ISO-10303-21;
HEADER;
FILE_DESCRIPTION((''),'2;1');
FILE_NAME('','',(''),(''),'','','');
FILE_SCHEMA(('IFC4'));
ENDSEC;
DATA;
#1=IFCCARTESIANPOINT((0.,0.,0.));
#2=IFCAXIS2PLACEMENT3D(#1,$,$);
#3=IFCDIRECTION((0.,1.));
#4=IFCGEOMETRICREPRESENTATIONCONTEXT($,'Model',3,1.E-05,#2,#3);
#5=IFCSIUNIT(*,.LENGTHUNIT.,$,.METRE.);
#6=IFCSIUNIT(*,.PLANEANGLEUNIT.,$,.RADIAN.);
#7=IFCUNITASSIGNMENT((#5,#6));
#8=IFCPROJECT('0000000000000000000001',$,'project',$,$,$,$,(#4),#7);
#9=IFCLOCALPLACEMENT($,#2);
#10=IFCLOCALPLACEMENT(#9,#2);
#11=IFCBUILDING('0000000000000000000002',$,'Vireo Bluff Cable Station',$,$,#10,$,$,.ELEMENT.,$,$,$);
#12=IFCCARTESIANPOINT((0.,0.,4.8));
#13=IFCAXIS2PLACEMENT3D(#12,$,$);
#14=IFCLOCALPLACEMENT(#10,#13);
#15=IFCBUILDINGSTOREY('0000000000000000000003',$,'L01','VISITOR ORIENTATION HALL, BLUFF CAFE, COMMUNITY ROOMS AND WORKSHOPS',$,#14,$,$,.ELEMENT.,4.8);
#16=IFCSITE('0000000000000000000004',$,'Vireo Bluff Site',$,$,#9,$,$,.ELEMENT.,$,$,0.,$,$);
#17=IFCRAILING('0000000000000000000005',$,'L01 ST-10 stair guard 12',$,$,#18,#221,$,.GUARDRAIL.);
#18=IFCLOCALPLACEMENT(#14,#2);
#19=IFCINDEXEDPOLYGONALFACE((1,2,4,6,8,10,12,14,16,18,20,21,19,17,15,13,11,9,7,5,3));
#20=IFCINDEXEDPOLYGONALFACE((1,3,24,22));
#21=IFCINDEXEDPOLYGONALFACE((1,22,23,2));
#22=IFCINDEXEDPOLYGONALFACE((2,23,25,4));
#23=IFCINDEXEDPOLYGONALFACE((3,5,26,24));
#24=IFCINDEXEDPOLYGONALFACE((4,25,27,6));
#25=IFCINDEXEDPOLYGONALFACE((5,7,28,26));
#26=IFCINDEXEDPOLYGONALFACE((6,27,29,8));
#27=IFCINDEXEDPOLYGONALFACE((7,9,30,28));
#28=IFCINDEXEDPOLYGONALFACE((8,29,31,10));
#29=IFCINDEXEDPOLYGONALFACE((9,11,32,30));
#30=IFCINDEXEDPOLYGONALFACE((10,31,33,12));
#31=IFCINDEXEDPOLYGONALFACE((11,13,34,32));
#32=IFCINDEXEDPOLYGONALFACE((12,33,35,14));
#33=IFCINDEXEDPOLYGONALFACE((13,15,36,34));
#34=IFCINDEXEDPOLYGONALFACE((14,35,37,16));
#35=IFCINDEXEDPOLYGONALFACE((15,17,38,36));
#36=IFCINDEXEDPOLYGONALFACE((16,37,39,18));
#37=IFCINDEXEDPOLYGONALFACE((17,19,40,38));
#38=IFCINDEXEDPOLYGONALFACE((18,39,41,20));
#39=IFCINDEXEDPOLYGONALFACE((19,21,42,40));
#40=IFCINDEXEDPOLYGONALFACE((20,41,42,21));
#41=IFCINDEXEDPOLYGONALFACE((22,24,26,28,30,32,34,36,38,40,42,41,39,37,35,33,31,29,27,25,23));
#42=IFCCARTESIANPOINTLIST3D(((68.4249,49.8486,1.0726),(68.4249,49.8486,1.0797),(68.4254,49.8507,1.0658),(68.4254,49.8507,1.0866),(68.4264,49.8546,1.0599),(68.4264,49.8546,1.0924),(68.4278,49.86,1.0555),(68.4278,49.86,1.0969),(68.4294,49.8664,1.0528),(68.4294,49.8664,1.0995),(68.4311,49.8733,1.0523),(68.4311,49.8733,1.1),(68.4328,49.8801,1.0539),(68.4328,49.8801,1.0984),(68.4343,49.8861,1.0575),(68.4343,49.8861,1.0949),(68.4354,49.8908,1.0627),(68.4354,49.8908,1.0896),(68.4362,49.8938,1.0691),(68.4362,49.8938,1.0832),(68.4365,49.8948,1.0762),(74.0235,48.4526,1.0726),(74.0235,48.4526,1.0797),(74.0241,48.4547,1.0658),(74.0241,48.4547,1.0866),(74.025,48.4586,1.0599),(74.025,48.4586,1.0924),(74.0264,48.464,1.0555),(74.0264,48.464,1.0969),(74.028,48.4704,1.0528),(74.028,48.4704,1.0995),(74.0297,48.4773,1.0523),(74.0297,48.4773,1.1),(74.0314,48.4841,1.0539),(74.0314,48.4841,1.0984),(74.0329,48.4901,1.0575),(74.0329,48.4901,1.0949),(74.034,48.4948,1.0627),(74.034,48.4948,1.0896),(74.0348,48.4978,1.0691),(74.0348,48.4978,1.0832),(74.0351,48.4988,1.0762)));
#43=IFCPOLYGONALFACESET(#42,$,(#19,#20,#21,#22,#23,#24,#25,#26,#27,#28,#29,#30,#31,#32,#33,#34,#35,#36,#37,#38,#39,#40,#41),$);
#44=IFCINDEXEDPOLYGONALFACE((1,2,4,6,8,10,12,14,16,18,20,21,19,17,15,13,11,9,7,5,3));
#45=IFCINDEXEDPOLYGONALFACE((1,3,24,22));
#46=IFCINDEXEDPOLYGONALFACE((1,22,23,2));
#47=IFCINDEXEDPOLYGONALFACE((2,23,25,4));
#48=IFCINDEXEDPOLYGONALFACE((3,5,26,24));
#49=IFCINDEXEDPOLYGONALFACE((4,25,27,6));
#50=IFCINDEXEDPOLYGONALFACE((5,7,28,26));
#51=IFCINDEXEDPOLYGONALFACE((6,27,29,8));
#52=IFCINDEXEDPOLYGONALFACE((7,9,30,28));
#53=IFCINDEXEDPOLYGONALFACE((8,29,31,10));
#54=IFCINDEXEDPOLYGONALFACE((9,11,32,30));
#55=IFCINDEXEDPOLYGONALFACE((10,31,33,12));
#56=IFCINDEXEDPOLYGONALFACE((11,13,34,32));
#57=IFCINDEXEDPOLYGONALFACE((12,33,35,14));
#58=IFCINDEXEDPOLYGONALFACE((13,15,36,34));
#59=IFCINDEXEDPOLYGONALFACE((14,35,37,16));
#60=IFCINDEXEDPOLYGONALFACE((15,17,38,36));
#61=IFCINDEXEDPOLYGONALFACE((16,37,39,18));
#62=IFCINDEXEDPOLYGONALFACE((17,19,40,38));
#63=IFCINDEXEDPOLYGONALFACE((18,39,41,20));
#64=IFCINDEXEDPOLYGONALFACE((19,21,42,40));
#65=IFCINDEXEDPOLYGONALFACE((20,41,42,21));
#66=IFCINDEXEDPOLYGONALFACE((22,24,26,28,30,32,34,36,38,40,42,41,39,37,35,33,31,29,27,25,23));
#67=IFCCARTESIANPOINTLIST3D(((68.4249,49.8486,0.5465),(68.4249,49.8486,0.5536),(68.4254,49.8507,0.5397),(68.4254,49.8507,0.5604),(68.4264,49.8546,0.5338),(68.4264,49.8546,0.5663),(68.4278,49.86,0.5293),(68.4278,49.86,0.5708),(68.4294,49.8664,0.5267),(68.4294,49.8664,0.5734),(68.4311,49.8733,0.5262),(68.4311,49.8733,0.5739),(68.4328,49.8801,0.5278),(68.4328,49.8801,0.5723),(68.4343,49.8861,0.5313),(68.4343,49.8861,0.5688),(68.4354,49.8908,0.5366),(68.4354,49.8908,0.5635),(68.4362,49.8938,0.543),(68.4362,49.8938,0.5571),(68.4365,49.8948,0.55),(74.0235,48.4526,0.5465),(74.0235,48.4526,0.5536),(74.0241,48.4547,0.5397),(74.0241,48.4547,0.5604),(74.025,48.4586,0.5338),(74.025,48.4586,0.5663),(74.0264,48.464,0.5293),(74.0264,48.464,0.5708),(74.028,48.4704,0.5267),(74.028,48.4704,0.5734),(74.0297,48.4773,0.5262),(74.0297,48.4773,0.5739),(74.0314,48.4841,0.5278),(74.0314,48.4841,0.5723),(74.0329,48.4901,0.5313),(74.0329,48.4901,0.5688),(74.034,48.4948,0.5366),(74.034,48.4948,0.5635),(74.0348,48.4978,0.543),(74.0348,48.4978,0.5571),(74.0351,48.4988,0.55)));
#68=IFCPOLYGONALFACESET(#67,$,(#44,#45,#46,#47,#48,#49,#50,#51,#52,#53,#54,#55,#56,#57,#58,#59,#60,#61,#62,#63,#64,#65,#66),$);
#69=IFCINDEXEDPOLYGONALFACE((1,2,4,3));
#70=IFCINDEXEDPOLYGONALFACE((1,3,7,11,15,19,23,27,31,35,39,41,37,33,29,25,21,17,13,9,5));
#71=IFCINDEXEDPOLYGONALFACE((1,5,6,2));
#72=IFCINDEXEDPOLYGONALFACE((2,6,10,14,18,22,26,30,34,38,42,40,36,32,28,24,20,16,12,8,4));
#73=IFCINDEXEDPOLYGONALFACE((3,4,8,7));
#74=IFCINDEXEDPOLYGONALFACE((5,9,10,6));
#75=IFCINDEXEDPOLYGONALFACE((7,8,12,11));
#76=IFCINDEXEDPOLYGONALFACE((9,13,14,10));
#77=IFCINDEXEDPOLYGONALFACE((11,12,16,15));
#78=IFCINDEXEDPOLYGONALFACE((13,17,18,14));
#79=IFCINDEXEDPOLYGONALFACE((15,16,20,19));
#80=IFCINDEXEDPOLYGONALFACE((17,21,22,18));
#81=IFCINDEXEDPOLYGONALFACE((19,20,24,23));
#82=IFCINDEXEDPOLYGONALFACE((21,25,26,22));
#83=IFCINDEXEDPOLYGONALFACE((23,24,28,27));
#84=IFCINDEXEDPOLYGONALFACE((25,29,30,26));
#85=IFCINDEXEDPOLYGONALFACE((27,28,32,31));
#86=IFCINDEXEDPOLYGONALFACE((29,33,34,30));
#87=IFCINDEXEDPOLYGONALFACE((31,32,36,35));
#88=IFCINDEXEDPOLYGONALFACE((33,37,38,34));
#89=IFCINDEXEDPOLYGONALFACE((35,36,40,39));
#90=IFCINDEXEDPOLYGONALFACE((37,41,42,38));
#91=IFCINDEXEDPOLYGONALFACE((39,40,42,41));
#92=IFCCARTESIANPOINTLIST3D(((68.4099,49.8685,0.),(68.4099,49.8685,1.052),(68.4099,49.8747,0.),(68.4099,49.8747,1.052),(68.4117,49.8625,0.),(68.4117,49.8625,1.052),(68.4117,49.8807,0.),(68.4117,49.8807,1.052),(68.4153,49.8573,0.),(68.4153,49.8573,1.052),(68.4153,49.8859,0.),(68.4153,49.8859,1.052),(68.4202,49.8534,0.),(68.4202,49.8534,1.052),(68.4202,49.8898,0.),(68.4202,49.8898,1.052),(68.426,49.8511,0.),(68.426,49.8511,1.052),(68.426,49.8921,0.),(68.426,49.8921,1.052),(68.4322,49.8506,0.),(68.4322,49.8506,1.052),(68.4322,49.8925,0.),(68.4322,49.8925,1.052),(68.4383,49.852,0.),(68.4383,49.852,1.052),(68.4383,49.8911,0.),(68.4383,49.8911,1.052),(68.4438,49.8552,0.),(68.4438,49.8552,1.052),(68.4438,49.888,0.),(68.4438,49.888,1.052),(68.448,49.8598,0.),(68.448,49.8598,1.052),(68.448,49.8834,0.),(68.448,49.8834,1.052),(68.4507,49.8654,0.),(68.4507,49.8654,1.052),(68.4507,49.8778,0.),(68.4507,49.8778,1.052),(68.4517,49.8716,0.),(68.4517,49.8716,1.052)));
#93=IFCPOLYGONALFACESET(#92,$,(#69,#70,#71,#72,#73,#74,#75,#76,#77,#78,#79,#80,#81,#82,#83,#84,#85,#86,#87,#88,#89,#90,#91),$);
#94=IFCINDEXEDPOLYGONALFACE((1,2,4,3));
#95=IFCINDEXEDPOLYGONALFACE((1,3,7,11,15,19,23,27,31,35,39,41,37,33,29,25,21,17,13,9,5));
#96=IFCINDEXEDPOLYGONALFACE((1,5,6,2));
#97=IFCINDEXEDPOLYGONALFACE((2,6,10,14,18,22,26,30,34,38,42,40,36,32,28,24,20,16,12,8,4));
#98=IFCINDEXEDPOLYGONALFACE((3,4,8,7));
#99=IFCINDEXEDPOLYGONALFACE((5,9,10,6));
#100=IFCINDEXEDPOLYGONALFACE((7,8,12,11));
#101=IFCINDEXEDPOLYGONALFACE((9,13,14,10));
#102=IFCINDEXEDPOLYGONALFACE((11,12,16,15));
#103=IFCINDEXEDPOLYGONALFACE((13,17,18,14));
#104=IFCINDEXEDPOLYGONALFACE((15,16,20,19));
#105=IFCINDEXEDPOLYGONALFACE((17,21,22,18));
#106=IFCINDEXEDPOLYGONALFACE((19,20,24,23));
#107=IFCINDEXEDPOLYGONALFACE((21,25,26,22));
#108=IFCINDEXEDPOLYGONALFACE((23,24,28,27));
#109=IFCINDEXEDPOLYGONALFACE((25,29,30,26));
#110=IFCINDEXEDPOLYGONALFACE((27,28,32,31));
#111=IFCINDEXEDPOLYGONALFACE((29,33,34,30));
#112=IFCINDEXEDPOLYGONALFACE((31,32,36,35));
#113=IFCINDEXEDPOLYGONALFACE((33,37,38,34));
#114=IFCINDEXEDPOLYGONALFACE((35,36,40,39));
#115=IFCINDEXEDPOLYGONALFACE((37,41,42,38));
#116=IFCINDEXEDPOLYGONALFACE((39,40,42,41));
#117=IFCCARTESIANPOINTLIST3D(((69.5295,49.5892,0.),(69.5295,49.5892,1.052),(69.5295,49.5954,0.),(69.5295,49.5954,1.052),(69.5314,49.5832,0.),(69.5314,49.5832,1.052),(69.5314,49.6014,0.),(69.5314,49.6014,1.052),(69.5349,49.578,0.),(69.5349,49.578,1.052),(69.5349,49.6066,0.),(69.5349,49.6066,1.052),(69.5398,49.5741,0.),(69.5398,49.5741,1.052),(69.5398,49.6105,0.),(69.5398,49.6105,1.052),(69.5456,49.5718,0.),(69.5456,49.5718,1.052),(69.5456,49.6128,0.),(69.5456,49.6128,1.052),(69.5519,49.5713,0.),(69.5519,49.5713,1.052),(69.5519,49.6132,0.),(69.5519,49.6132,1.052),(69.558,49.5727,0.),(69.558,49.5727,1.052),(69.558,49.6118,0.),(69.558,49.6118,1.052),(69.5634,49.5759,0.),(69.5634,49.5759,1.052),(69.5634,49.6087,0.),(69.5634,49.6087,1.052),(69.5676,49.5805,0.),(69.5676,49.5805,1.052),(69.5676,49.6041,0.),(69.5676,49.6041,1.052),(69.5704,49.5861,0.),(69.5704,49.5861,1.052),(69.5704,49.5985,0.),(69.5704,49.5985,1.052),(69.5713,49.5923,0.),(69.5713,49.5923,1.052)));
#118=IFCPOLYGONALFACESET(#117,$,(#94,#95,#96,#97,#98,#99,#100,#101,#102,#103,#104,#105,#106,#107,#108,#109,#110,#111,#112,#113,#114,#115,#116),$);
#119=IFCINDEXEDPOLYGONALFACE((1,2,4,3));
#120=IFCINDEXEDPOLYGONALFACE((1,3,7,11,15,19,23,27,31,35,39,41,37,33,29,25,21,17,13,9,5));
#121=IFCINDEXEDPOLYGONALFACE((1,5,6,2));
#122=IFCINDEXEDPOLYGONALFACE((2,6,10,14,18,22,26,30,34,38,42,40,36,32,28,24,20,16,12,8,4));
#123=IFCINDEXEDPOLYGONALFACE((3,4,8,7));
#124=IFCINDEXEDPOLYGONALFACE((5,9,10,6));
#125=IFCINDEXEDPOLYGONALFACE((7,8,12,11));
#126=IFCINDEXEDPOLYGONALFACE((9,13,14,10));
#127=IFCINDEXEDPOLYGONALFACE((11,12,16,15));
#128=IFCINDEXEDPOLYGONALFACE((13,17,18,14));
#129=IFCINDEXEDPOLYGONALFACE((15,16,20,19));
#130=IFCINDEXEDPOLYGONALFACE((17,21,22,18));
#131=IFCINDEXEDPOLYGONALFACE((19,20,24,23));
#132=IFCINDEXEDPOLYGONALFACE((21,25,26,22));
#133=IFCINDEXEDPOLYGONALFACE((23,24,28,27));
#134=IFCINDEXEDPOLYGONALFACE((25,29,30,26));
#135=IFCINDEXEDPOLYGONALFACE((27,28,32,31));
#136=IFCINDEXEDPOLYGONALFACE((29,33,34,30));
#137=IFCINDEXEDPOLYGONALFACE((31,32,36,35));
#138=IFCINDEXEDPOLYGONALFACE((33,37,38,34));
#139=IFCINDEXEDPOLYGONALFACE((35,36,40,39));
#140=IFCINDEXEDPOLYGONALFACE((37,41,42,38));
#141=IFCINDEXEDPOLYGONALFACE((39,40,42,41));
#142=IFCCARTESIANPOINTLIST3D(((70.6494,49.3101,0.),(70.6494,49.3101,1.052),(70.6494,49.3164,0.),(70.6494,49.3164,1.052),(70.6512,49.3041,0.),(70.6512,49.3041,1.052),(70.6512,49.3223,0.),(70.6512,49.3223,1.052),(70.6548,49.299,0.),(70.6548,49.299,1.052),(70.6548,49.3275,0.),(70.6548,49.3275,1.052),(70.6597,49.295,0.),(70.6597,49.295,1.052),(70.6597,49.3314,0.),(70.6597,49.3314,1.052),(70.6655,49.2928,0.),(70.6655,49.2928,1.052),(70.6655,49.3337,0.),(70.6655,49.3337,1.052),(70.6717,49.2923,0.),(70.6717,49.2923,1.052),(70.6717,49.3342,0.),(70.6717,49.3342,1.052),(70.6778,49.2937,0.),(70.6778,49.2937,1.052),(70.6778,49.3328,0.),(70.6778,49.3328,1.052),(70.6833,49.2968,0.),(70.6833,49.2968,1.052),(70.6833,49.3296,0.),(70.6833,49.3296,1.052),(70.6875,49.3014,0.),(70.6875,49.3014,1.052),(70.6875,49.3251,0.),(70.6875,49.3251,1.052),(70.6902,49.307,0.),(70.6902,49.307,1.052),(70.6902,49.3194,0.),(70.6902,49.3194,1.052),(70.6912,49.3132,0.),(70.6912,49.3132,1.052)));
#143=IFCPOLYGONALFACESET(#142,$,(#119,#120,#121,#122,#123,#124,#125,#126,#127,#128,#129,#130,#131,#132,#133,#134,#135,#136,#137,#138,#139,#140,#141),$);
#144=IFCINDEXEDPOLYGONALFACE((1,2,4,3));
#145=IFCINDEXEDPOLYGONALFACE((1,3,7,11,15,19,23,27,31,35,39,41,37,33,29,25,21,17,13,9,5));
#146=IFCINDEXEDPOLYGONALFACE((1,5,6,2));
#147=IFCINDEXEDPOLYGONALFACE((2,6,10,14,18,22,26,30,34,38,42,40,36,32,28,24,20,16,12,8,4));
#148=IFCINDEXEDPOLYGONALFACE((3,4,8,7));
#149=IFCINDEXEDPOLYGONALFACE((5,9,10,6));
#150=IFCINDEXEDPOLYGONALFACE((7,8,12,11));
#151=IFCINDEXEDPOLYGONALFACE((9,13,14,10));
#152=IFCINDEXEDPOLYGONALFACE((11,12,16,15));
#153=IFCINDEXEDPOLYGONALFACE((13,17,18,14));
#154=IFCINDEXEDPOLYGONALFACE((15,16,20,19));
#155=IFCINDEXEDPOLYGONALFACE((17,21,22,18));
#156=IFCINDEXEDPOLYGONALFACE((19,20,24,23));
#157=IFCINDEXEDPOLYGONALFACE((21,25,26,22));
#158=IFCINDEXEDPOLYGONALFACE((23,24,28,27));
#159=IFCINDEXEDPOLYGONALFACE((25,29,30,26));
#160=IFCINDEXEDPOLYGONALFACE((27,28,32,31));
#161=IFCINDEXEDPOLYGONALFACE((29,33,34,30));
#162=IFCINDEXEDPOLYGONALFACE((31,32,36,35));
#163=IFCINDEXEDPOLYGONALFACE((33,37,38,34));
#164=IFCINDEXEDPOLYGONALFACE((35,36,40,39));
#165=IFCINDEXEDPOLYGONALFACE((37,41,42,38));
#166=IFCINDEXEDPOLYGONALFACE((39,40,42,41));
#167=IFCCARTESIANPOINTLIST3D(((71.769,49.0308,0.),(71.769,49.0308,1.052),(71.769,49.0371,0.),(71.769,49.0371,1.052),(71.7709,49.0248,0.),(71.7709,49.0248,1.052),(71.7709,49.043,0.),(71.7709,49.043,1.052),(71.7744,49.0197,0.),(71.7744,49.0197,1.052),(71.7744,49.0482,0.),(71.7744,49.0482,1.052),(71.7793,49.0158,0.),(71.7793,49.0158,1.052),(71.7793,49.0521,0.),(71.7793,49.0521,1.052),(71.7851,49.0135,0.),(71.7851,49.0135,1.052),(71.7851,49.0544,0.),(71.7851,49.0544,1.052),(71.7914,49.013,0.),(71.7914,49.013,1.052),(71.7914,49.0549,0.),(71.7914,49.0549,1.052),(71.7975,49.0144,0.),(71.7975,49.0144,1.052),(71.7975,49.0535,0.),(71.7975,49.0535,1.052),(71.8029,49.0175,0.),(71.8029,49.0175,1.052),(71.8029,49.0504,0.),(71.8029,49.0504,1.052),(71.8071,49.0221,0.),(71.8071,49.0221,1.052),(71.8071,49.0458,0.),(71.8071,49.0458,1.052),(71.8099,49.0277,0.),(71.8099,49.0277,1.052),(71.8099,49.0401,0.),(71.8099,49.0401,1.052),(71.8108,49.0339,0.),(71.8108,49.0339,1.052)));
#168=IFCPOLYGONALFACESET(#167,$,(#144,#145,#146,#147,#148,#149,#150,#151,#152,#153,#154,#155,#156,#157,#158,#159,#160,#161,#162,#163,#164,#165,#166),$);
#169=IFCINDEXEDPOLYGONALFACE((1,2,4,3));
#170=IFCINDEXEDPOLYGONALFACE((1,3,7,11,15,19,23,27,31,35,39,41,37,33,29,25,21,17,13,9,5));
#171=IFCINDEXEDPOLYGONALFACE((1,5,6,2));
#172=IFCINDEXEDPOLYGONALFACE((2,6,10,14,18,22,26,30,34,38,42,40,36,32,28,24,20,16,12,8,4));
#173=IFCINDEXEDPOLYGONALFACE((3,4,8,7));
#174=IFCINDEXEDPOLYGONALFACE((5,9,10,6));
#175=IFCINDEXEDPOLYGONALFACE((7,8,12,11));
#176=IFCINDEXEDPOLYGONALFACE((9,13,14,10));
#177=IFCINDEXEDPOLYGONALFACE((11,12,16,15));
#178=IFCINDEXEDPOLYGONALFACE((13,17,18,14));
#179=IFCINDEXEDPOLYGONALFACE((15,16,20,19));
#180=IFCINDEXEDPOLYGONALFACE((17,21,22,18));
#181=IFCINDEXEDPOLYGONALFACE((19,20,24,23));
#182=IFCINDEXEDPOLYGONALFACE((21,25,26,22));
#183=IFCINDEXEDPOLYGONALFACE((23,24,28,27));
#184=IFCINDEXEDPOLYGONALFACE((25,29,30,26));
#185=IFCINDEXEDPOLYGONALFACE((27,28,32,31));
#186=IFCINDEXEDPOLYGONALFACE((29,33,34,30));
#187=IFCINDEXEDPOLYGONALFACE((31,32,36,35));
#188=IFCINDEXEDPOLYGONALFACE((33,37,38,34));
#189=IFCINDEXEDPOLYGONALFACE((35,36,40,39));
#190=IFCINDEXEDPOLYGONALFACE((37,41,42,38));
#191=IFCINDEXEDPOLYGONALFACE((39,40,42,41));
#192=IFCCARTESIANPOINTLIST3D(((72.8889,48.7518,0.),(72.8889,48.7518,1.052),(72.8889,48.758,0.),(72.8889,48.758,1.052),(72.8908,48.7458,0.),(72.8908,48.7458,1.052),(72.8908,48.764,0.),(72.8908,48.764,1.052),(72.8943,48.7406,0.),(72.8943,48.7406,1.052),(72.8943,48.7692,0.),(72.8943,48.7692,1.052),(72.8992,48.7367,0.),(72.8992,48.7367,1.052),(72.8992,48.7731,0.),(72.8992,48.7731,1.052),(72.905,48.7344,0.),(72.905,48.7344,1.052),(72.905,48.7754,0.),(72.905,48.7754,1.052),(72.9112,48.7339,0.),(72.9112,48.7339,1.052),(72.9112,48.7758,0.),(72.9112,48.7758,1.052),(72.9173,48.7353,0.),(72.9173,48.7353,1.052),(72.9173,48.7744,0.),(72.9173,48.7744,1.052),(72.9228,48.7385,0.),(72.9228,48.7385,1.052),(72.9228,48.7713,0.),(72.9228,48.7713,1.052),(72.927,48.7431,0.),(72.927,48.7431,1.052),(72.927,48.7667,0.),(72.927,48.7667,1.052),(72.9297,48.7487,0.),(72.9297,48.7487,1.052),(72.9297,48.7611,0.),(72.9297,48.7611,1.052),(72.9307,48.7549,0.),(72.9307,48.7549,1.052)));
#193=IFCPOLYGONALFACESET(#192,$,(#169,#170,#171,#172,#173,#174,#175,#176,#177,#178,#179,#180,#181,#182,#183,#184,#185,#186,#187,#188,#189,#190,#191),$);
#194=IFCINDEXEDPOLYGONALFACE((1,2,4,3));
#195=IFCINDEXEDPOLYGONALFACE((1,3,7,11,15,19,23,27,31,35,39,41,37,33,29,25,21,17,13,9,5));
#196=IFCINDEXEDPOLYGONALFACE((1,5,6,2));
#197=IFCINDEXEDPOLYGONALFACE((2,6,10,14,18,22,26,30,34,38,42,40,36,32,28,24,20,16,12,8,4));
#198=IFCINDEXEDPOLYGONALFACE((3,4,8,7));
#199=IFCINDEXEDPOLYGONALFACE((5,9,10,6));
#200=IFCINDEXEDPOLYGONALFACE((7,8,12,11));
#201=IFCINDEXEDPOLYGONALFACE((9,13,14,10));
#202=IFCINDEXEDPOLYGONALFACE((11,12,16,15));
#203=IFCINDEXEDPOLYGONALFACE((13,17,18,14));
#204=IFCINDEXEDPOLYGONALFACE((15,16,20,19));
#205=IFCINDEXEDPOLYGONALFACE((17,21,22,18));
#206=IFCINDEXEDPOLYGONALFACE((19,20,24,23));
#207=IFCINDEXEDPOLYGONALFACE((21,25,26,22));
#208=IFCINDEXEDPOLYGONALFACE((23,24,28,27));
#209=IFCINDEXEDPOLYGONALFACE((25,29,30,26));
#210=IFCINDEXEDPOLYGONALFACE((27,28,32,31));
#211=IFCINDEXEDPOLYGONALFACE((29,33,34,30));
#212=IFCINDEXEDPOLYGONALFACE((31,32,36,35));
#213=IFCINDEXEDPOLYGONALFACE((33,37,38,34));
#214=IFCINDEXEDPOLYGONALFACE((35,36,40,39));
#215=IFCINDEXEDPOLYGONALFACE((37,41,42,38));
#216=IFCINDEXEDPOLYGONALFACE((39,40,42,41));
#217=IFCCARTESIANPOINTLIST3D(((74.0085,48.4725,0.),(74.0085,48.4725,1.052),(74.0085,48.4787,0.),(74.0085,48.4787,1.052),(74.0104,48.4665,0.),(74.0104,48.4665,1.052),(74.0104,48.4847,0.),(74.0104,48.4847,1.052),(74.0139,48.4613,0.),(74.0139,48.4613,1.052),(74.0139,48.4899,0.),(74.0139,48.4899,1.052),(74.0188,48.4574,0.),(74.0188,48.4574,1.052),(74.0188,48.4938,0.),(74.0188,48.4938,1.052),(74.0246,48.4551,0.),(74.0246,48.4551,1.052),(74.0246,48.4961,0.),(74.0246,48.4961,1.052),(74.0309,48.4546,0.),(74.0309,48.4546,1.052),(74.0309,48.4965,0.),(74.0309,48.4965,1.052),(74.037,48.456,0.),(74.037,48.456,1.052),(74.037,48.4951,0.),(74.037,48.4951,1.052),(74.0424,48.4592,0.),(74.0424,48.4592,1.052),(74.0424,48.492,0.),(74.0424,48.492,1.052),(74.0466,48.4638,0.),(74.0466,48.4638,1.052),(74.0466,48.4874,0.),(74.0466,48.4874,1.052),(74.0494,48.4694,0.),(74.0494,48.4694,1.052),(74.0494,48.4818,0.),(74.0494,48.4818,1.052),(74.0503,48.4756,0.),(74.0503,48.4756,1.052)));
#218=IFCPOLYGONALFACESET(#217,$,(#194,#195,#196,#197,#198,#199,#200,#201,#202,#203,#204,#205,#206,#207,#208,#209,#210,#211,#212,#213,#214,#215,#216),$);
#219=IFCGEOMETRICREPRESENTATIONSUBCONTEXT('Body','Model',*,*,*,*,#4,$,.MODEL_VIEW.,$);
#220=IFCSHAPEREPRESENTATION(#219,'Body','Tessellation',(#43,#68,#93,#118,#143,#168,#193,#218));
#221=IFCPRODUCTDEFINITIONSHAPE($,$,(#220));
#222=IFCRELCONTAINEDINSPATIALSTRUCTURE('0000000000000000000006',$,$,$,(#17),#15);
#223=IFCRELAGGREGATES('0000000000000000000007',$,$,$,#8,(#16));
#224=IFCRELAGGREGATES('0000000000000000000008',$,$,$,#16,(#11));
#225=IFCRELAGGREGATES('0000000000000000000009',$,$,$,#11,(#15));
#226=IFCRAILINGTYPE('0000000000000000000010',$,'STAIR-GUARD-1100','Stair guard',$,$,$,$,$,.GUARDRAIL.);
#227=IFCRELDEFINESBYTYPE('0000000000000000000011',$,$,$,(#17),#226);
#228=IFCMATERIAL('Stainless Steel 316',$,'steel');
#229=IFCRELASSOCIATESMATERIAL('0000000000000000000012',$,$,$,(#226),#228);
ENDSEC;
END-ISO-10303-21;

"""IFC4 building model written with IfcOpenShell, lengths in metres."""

from ifc_helpers import new_model, si_unit, direction, frame, origin, origin_2d, place, context, subcontext, project, spatial, circle, extrude, material, type_object, element, save


model = new_model("IFC4")

# Units and contexts
model_context = context("Model", 3, precision=1e-05, world=origin(), true_north=direction((0.0, 1.0)))
body_context = subcontext(model_context, "Body", "Model", "MODEL_VIEW")
ifc_project = project(units=[si_unit("LENGTHUNIT", "METRE"), si_unit("PLANEANGLEUNIT", "RADIAN")], contexts=[model_context])

# Site, building, storey
site_placement = place(None, origin())
site = spatial("IfcSite", under=ifc_project, at=site_placement, Name="Vireo Bluff Site", CompositionType="ELEMENT", RefElevation=0.0)
building_placement = place(site_placement, origin())
building = spatial("IfcBuilding", under=site, at=building_placement, Name="Vireo Bluff Cable Station", CompositionType="ELEMENT")
storey_placement = place(building_placement, frame((0.0, 0.0, 4.8)))
storey = spatial("IfcBuildingStorey", under=building, at=storey_placement, Name="L01", Description="VISITOR ORIENTATION HALL, BLUFF CAFE, COMMUNITY ROOMS AND WORKSHOPS", CompositionType="ELEMENT", Elevation=4.8)

# Railing
ifc_material_1 = material(Name="Stainless Steel 316", Category="steel")
railing_type = type_object("IfcRailingType", Name="STAIR-GUARD-1100", Description="Stair guard", PredefinedType="GUARDRAIL", material=ifc_material_1)
railing_1_placement = place(storey_placement, frame((68.4307, 49.8716, 0.0)))
element("IfcRailing", 1, at=railing_1_placement, inside=storey, type_object=railing_type, Name="L01 ST-10 stair guard 12", PredefinedType="GUARDRAIL", context=body_context, shape_type="SweptSolid", body=[
    extrude(circle(Radius=0.0239, at=origin_2d()), frame((0.0, 0.0, 1.0762), z_axis=(0.970292, -0.241938, 0.0), x_axis=(0.241938, 0.970292, 0.0)), (0.0, 0.0, 1.0), 5.77),
    extrude(circle(Radius=0.0239, at=origin_2d()), frame((0.0, 0.0, 0.55), z_axis=(0.970292, -0.241938, 0.0), x_axis=(0.241938, 0.970292, 0.0)), (0.0, 0.0, 1.0), 5.77),
    extrude(circle(Radius=0.021, at=origin_2d()), origin(), (0.0, 0.0, 1.0), 1.052),
    extrude(circle(Radius=0.021, at=origin_2d()), frame((1.1196, -0.2793, 0.0)), (0.0, 0.0, 1.0), 1.052),
    extrude(circle(Radius=0.021, at=origin_2d()), frame((2.2395, -0.5583, 0.0)), (0.0, 0.0, 1.0), 1.052),
    extrude(circle(Radius=0.021, at=origin_2d()), frame((3.3591, -0.8376, 0.0)), (0.0, 0.0, 1.0), 1.052),
    extrude(circle(Radius=0.021, at=origin_2d()), frame((4.479, -1.1167, 0.0)), (0.0, 0.0, 1.0), 1.052),
    extrude(circle(Radius=0.021, at=origin_2d()), frame((5.5986, -1.396, 0.0)), (0.0, 0.0, 1.0), 1.052),
])

save(model, "model.ifc")
